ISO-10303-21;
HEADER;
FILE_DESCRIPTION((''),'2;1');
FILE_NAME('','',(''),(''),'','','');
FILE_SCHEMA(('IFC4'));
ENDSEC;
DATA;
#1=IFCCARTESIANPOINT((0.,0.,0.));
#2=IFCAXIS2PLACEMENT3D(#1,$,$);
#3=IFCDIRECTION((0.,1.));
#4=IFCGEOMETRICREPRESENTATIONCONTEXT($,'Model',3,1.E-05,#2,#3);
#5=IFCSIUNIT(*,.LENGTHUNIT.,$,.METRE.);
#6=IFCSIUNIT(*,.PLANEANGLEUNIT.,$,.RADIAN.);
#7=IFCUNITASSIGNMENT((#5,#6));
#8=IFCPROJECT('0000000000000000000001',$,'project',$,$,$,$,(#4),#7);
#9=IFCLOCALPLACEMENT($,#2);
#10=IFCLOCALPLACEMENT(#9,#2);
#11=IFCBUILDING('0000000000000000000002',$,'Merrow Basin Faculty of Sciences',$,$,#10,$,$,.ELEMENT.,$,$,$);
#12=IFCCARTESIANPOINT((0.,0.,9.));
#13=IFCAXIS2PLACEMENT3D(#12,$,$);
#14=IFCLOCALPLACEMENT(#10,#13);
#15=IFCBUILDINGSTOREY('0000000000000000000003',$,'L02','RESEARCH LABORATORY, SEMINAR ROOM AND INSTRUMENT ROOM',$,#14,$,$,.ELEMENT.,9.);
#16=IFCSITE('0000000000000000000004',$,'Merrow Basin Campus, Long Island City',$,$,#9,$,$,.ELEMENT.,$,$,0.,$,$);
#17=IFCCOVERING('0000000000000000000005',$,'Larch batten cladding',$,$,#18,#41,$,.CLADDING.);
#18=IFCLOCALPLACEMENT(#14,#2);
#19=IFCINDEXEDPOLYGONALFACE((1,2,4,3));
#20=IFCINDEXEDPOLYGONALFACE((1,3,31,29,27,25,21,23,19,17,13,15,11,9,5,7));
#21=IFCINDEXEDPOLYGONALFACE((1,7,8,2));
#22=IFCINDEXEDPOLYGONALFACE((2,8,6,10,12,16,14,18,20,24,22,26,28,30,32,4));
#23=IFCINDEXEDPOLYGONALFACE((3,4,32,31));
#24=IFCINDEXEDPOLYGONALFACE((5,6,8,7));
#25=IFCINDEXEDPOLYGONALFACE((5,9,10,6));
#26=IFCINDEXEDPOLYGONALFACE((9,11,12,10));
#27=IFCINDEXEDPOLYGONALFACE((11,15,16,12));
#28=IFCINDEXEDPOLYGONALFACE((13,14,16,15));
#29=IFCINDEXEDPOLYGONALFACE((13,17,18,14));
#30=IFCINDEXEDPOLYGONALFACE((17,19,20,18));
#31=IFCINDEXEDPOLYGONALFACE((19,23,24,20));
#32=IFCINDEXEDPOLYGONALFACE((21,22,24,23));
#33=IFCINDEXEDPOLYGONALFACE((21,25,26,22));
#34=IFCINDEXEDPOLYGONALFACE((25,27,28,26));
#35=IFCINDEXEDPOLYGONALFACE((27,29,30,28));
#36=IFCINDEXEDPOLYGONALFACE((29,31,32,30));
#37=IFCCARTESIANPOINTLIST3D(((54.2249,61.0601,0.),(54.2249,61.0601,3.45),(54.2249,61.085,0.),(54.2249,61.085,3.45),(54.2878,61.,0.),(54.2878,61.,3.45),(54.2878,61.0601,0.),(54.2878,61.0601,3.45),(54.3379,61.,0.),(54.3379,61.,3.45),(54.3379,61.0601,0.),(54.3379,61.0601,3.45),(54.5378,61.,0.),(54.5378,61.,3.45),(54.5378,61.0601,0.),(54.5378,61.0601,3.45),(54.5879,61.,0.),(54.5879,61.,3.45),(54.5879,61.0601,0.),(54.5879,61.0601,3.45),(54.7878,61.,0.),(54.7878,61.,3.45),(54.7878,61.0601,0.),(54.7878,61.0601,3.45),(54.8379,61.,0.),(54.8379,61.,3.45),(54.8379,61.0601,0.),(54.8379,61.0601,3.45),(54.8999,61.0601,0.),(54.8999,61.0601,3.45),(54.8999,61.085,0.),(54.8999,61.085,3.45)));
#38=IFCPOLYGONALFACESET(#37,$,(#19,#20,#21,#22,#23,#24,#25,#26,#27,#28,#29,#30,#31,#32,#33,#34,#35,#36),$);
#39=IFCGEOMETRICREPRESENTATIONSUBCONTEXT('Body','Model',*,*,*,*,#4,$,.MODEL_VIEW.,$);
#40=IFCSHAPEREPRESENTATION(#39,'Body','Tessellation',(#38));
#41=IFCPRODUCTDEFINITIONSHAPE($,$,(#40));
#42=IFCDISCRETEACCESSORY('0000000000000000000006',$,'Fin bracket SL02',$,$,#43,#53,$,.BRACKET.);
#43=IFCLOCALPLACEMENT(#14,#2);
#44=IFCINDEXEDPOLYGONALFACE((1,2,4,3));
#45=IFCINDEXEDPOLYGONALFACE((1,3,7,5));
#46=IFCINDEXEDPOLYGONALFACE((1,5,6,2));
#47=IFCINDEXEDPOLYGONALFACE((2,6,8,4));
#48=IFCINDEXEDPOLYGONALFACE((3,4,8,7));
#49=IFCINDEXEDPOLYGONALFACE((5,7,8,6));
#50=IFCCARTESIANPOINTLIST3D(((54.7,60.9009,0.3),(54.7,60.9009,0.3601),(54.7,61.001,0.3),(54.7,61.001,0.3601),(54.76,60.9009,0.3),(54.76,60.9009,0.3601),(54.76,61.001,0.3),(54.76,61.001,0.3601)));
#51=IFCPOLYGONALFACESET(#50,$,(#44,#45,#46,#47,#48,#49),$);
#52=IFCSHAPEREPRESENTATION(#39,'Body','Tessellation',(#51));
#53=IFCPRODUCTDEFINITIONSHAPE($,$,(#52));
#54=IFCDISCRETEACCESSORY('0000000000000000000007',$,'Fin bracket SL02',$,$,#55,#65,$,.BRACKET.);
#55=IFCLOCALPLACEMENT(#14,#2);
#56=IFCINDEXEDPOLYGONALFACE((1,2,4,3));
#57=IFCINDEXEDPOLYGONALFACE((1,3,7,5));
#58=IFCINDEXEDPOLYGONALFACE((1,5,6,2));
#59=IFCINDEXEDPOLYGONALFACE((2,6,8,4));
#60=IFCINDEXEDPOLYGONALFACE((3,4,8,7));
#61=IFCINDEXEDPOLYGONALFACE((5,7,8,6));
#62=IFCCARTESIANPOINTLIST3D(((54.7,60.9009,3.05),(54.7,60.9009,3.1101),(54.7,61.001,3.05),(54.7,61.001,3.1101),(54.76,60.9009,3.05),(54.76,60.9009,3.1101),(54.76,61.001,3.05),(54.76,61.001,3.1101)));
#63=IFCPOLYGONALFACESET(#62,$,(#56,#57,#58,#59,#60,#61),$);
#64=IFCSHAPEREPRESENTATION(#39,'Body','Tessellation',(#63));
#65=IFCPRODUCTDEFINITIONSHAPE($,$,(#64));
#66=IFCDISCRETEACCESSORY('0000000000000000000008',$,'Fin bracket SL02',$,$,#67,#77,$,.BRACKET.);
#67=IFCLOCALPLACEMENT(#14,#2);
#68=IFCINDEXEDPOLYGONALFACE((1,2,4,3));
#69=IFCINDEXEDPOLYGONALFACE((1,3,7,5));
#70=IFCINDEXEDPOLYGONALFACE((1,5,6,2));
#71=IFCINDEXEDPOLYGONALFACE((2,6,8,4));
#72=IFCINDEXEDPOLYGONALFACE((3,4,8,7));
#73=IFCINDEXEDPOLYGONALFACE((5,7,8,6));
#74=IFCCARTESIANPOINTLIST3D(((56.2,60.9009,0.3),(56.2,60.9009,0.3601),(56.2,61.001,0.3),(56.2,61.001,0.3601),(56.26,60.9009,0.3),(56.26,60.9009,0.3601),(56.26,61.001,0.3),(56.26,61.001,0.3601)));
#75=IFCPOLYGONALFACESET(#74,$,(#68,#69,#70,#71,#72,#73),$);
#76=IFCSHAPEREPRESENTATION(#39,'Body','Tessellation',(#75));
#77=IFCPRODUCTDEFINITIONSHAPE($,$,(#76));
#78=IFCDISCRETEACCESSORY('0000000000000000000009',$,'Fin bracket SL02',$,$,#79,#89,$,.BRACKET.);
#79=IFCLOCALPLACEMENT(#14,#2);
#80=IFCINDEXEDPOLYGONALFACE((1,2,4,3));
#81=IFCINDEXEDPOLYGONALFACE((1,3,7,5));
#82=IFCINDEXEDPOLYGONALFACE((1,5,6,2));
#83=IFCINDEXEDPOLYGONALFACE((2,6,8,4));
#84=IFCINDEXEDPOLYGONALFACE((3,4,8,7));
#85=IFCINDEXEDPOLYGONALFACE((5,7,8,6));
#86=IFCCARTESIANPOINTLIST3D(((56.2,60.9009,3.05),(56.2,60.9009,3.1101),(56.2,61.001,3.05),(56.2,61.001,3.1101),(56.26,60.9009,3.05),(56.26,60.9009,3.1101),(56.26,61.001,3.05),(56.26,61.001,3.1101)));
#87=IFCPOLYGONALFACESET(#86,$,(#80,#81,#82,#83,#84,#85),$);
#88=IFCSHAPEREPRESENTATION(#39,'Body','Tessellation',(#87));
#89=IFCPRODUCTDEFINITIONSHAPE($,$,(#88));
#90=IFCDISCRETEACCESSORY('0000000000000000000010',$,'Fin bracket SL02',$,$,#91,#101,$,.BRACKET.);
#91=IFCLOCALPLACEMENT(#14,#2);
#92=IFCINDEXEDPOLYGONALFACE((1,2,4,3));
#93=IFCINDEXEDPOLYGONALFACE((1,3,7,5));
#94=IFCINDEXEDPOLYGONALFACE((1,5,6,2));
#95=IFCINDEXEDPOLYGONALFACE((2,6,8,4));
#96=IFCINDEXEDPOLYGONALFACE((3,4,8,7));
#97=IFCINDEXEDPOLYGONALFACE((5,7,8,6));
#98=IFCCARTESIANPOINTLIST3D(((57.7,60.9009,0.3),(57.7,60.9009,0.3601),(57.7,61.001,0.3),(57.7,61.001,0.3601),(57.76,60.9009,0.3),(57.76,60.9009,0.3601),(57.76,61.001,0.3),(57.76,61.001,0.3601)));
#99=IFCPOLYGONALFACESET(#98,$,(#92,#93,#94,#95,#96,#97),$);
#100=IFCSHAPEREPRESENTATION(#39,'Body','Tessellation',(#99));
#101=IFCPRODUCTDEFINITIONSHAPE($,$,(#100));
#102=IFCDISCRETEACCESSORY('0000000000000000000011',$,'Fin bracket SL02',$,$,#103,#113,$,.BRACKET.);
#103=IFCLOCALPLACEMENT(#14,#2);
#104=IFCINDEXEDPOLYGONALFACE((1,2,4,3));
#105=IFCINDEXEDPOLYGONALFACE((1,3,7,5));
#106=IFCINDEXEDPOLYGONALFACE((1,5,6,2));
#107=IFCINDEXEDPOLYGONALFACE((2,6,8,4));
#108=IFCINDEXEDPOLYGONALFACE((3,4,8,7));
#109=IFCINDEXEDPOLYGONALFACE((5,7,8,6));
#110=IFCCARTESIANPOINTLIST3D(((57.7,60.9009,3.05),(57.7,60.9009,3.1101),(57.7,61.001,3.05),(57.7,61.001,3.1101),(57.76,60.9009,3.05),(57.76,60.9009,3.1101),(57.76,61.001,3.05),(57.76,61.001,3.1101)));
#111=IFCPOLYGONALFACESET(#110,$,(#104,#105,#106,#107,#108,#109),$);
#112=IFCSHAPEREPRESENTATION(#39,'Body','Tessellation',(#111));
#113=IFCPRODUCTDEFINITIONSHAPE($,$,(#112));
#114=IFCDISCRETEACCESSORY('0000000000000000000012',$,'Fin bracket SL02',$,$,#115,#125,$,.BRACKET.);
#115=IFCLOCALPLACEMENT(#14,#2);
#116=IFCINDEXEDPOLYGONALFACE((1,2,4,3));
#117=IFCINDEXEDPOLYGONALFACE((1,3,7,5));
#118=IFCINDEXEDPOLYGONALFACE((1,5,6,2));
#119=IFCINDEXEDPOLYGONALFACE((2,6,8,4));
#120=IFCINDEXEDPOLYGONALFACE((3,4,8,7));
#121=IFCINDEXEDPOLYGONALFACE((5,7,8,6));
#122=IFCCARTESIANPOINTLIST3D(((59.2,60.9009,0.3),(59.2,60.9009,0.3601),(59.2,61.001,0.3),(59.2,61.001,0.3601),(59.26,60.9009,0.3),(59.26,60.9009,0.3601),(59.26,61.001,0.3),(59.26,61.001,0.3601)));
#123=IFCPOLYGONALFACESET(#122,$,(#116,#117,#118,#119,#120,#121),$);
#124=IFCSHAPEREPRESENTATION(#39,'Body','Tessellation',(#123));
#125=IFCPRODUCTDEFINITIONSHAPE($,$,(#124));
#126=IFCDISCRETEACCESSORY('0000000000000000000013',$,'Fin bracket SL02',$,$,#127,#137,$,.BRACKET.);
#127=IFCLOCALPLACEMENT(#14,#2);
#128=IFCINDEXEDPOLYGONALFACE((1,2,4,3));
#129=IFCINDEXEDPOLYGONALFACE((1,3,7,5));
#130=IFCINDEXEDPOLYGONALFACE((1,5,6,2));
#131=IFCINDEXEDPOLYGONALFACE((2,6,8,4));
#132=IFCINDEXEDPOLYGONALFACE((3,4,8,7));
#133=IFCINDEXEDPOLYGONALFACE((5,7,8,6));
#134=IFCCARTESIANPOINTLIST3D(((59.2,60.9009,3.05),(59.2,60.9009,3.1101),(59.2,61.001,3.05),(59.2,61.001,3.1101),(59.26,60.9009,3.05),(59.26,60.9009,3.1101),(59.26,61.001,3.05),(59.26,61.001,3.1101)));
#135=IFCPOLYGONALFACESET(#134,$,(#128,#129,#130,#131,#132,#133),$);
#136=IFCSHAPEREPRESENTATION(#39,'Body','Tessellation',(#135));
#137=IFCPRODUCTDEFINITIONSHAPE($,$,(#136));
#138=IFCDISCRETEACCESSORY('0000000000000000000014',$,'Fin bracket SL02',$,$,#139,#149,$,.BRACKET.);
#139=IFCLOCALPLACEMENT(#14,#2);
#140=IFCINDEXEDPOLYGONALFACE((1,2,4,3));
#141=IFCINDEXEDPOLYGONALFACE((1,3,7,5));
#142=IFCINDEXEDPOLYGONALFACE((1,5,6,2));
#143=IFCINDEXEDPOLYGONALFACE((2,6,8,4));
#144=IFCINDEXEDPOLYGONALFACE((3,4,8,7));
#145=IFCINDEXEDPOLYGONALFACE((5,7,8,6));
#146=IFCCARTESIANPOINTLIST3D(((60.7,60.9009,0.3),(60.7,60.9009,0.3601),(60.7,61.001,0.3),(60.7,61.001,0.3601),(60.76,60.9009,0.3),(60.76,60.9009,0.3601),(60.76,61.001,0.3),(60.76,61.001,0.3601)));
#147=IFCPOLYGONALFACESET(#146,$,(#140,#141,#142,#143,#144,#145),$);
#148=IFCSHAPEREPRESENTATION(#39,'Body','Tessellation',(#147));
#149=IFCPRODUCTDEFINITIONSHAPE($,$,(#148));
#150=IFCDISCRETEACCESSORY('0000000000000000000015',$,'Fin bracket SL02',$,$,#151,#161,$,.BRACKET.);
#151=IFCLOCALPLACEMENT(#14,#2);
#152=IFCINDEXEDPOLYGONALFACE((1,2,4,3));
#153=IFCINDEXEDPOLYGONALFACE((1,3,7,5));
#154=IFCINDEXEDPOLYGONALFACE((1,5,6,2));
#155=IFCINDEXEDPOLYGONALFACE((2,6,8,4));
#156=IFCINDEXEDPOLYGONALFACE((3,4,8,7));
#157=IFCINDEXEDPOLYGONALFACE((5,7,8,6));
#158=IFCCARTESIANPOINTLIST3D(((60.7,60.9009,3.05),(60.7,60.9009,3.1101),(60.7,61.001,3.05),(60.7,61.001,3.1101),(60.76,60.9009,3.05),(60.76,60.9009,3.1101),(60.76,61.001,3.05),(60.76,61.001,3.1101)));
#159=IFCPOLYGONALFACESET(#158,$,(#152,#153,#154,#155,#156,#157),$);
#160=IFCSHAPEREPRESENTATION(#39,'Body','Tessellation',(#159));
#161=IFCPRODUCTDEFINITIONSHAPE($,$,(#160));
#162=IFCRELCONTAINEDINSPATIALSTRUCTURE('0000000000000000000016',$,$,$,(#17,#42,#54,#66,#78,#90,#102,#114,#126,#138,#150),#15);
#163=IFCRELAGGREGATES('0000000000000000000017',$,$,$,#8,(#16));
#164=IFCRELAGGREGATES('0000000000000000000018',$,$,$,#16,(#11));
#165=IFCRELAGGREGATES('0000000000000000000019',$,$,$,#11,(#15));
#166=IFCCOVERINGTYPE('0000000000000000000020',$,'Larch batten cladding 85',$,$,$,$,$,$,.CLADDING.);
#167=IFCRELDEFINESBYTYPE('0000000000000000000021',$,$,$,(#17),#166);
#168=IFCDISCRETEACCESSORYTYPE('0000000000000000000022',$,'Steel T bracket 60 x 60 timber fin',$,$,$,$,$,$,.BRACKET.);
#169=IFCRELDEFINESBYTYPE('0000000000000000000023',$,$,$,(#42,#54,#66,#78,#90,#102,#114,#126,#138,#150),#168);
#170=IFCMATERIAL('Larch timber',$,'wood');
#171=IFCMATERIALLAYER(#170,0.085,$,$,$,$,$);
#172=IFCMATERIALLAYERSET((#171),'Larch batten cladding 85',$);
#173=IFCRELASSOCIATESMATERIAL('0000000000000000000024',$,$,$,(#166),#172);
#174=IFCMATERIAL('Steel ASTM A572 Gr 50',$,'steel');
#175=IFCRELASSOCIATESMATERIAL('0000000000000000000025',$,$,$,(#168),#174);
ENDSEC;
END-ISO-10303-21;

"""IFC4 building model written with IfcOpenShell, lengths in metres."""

from ifc_helpers import new_model, si_unit, direction, frame, origin, place, context, subcontext, project, spatial, polyline, outline, extrude, source, transform, mapped, material, layer, layer_set, type_object, element, save


model = new_model("IFC4")

# Units and contexts
model_context = context("Model", 3, precision=1e-05, world=origin(), true_north=direction((0.0, 1.0)))
body_context = subcontext(model_context, "Body", "Model", "MODEL_VIEW")
ifc_project = project(units=[si_unit("LENGTHUNIT", "METRE"), si_unit("PLANEANGLEUNIT", "RADIAN")], contexts=[model_context])

# Site, building, storey
site_placement = place(None, origin())
site = spatial("IfcSite", under=ifc_project, at=site_placement, Name="Merrow Basin Campus, Long Island City", CompositionType="ELEMENT", RefElevation=0.0)
building_placement = place(site_placement, origin())
building = spatial("IfcBuilding", under=site, at=building_placement, Name="Merrow Basin Faculty of Sciences", CompositionType="ELEMENT")
storey_placement = place(building_placement, frame((0.0, 0.0, 9.0)))
storey = spatial("IfcBuildingStorey", under=building, at=storey_placement, Name="L02", Description="RESEARCH LABORATORY, SEMINAR ROOM AND INSTRUMENT ROOM", CompositionType="ELEMENT", Elevation=9.0)

# Shared definitions
ifc_material_1 = material(Name="Larch timber", Category="wood")
ifc_layer_1 = layer(ifc_material_1, 0.085)
ifc_layer_set_1 = layer_set([ifc_layer_1], Name="Larch batten cladding 85")
covering_type = type_object("IfcCoveringType", Name="Larch batten cladding 85", PredefinedType="CLADDING", material=ifc_layer_set_1)

# Covering
shared_shape_1 = source(origin(), body_context, "Body", "SweptSolid", [
    extrude(outline(polyline([(0.0, 0.0), (0.675, 0.0), (0.675, 0.0249), (0.6121, 0.0249), (0.6121, 0.085), (0.562, 0.085), (0.562, 0.0249), (0.3621, 0.0249), (0.3621, 0.085), (0.312, 0.085), (0.312, 0.0249), (0.1121, 0.0249), (0.1121, 0.085), (0.062, 0.085), (0.062, 0.0249), (0.0, 0.0249), (0.0, 0.0)])), origin(), (0.0, 0.0, 1.0), 3.45),
])
covering_1_placement = place(storey_placement, frame((54.8999, 61.085, 0.0), z_axis=(0.0, 0.0, 1.0), x_axis=(-1.0, 0.0, 0.0)))
element("IfcCovering", 1, at=covering_1_placement, inside=storey, type_object=covering_type, Name="Larch batten cladding", PredefinedType="CLADDING", context=body_context, shape_type="MappedRepresentation", body=[
    mapped(shared_shape_1, transform((0.0, 0.0, 0.0), scale=1.0)),
])

# Discrete accessories
ifc_material_2 = material(Name="Steel ASTM A572 Gr 50", Category="steel")
discrete_accessory_type = type_object("IfcDiscreteAccessoryType", Name="Steel T bracket 60 x 60 timber fin", PredefinedType="BRACKET", material=ifc_material_2)
shared_shape_2 = source(origin(), body_context, "Body", "SweptSolid", [
    extrude(outline(polyline([(0.0, 0.0), (0.0601, 0.0), (0.0601, 0.0601), (0.0, 0.0601), (0.0, 0.0)])), origin(), (0.0, 0.0, 1.0), 0.1001),
])
for number, where, z_axis, x_axis, name in (
    (2, (54.7, 61.001, 0.3), (0.0, -1.0, 0.0), (1.0, 0.0, 0.0), "Fin bracket SL02"),
    (3, (54.7, 61.001, 3.05), (0.0, -1.0, 0.0), (1.0, 0.0, 0.0), "Fin bracket SL02"),
    (4, (56.2, 61.001, 0.3), (0.0, -1.0, 0.0), (1.0, 0.0, 0.0), "Fin bracket SL02"),
    (5, (56.2, 61.001, 3.05), (0.0, -1.0, 0.0), (1.0, 0.0, 0.0), "Fin bracket SL02"),
    (6, (57.7, 61.001, 0.3), (0.0, -1.0, 0.0), (1.0, 0.0, 0.0), "Fin bracket SL02"),
    (7, (57.7, 61.001, 3.05), (0.0, -1.0, 0.0), (1.0, 0.0, 0.0), "Fin bracket SL02"),
    (8, (59.2, 61.001, 0.3), (0.0, -1.0, 0.0), (1.0, 0.0, 0.0), "Fin bracket SL02"),
    (9, (59.2, 61.001, 3.05), (0.0, -1.0, 0.0), (1.0, 0.0, 0.0), "Fin bracket SL02"),
    (10, (60.7, 61.001, 0.3), (0.0, -1.0, 0.0), (1.0, 0.0, 0.0), "Fin bracket SL02"),
    (11, (60.7, 61.001, 3.05), (0.0, -1.0, 0.0), (1.0, 0.0, 0.0), "Fin bracket SL02"),
):
    element("IfcDiscreteAccessory", number, at=place(storey_placement, frame(where, z_axis=z_axis, x_axis=x_axis)), inside=storey, type_object=discrete_accessory_type, Name=name, PredefinedType="BRACKET", context=body_context, shape_type="MappedRepresentation", body=[
        mapped(shared_shape_2, transform((0.0, 0.0, 0.0), scale=1.0)),
    ])

save(model, "model.ifc")
